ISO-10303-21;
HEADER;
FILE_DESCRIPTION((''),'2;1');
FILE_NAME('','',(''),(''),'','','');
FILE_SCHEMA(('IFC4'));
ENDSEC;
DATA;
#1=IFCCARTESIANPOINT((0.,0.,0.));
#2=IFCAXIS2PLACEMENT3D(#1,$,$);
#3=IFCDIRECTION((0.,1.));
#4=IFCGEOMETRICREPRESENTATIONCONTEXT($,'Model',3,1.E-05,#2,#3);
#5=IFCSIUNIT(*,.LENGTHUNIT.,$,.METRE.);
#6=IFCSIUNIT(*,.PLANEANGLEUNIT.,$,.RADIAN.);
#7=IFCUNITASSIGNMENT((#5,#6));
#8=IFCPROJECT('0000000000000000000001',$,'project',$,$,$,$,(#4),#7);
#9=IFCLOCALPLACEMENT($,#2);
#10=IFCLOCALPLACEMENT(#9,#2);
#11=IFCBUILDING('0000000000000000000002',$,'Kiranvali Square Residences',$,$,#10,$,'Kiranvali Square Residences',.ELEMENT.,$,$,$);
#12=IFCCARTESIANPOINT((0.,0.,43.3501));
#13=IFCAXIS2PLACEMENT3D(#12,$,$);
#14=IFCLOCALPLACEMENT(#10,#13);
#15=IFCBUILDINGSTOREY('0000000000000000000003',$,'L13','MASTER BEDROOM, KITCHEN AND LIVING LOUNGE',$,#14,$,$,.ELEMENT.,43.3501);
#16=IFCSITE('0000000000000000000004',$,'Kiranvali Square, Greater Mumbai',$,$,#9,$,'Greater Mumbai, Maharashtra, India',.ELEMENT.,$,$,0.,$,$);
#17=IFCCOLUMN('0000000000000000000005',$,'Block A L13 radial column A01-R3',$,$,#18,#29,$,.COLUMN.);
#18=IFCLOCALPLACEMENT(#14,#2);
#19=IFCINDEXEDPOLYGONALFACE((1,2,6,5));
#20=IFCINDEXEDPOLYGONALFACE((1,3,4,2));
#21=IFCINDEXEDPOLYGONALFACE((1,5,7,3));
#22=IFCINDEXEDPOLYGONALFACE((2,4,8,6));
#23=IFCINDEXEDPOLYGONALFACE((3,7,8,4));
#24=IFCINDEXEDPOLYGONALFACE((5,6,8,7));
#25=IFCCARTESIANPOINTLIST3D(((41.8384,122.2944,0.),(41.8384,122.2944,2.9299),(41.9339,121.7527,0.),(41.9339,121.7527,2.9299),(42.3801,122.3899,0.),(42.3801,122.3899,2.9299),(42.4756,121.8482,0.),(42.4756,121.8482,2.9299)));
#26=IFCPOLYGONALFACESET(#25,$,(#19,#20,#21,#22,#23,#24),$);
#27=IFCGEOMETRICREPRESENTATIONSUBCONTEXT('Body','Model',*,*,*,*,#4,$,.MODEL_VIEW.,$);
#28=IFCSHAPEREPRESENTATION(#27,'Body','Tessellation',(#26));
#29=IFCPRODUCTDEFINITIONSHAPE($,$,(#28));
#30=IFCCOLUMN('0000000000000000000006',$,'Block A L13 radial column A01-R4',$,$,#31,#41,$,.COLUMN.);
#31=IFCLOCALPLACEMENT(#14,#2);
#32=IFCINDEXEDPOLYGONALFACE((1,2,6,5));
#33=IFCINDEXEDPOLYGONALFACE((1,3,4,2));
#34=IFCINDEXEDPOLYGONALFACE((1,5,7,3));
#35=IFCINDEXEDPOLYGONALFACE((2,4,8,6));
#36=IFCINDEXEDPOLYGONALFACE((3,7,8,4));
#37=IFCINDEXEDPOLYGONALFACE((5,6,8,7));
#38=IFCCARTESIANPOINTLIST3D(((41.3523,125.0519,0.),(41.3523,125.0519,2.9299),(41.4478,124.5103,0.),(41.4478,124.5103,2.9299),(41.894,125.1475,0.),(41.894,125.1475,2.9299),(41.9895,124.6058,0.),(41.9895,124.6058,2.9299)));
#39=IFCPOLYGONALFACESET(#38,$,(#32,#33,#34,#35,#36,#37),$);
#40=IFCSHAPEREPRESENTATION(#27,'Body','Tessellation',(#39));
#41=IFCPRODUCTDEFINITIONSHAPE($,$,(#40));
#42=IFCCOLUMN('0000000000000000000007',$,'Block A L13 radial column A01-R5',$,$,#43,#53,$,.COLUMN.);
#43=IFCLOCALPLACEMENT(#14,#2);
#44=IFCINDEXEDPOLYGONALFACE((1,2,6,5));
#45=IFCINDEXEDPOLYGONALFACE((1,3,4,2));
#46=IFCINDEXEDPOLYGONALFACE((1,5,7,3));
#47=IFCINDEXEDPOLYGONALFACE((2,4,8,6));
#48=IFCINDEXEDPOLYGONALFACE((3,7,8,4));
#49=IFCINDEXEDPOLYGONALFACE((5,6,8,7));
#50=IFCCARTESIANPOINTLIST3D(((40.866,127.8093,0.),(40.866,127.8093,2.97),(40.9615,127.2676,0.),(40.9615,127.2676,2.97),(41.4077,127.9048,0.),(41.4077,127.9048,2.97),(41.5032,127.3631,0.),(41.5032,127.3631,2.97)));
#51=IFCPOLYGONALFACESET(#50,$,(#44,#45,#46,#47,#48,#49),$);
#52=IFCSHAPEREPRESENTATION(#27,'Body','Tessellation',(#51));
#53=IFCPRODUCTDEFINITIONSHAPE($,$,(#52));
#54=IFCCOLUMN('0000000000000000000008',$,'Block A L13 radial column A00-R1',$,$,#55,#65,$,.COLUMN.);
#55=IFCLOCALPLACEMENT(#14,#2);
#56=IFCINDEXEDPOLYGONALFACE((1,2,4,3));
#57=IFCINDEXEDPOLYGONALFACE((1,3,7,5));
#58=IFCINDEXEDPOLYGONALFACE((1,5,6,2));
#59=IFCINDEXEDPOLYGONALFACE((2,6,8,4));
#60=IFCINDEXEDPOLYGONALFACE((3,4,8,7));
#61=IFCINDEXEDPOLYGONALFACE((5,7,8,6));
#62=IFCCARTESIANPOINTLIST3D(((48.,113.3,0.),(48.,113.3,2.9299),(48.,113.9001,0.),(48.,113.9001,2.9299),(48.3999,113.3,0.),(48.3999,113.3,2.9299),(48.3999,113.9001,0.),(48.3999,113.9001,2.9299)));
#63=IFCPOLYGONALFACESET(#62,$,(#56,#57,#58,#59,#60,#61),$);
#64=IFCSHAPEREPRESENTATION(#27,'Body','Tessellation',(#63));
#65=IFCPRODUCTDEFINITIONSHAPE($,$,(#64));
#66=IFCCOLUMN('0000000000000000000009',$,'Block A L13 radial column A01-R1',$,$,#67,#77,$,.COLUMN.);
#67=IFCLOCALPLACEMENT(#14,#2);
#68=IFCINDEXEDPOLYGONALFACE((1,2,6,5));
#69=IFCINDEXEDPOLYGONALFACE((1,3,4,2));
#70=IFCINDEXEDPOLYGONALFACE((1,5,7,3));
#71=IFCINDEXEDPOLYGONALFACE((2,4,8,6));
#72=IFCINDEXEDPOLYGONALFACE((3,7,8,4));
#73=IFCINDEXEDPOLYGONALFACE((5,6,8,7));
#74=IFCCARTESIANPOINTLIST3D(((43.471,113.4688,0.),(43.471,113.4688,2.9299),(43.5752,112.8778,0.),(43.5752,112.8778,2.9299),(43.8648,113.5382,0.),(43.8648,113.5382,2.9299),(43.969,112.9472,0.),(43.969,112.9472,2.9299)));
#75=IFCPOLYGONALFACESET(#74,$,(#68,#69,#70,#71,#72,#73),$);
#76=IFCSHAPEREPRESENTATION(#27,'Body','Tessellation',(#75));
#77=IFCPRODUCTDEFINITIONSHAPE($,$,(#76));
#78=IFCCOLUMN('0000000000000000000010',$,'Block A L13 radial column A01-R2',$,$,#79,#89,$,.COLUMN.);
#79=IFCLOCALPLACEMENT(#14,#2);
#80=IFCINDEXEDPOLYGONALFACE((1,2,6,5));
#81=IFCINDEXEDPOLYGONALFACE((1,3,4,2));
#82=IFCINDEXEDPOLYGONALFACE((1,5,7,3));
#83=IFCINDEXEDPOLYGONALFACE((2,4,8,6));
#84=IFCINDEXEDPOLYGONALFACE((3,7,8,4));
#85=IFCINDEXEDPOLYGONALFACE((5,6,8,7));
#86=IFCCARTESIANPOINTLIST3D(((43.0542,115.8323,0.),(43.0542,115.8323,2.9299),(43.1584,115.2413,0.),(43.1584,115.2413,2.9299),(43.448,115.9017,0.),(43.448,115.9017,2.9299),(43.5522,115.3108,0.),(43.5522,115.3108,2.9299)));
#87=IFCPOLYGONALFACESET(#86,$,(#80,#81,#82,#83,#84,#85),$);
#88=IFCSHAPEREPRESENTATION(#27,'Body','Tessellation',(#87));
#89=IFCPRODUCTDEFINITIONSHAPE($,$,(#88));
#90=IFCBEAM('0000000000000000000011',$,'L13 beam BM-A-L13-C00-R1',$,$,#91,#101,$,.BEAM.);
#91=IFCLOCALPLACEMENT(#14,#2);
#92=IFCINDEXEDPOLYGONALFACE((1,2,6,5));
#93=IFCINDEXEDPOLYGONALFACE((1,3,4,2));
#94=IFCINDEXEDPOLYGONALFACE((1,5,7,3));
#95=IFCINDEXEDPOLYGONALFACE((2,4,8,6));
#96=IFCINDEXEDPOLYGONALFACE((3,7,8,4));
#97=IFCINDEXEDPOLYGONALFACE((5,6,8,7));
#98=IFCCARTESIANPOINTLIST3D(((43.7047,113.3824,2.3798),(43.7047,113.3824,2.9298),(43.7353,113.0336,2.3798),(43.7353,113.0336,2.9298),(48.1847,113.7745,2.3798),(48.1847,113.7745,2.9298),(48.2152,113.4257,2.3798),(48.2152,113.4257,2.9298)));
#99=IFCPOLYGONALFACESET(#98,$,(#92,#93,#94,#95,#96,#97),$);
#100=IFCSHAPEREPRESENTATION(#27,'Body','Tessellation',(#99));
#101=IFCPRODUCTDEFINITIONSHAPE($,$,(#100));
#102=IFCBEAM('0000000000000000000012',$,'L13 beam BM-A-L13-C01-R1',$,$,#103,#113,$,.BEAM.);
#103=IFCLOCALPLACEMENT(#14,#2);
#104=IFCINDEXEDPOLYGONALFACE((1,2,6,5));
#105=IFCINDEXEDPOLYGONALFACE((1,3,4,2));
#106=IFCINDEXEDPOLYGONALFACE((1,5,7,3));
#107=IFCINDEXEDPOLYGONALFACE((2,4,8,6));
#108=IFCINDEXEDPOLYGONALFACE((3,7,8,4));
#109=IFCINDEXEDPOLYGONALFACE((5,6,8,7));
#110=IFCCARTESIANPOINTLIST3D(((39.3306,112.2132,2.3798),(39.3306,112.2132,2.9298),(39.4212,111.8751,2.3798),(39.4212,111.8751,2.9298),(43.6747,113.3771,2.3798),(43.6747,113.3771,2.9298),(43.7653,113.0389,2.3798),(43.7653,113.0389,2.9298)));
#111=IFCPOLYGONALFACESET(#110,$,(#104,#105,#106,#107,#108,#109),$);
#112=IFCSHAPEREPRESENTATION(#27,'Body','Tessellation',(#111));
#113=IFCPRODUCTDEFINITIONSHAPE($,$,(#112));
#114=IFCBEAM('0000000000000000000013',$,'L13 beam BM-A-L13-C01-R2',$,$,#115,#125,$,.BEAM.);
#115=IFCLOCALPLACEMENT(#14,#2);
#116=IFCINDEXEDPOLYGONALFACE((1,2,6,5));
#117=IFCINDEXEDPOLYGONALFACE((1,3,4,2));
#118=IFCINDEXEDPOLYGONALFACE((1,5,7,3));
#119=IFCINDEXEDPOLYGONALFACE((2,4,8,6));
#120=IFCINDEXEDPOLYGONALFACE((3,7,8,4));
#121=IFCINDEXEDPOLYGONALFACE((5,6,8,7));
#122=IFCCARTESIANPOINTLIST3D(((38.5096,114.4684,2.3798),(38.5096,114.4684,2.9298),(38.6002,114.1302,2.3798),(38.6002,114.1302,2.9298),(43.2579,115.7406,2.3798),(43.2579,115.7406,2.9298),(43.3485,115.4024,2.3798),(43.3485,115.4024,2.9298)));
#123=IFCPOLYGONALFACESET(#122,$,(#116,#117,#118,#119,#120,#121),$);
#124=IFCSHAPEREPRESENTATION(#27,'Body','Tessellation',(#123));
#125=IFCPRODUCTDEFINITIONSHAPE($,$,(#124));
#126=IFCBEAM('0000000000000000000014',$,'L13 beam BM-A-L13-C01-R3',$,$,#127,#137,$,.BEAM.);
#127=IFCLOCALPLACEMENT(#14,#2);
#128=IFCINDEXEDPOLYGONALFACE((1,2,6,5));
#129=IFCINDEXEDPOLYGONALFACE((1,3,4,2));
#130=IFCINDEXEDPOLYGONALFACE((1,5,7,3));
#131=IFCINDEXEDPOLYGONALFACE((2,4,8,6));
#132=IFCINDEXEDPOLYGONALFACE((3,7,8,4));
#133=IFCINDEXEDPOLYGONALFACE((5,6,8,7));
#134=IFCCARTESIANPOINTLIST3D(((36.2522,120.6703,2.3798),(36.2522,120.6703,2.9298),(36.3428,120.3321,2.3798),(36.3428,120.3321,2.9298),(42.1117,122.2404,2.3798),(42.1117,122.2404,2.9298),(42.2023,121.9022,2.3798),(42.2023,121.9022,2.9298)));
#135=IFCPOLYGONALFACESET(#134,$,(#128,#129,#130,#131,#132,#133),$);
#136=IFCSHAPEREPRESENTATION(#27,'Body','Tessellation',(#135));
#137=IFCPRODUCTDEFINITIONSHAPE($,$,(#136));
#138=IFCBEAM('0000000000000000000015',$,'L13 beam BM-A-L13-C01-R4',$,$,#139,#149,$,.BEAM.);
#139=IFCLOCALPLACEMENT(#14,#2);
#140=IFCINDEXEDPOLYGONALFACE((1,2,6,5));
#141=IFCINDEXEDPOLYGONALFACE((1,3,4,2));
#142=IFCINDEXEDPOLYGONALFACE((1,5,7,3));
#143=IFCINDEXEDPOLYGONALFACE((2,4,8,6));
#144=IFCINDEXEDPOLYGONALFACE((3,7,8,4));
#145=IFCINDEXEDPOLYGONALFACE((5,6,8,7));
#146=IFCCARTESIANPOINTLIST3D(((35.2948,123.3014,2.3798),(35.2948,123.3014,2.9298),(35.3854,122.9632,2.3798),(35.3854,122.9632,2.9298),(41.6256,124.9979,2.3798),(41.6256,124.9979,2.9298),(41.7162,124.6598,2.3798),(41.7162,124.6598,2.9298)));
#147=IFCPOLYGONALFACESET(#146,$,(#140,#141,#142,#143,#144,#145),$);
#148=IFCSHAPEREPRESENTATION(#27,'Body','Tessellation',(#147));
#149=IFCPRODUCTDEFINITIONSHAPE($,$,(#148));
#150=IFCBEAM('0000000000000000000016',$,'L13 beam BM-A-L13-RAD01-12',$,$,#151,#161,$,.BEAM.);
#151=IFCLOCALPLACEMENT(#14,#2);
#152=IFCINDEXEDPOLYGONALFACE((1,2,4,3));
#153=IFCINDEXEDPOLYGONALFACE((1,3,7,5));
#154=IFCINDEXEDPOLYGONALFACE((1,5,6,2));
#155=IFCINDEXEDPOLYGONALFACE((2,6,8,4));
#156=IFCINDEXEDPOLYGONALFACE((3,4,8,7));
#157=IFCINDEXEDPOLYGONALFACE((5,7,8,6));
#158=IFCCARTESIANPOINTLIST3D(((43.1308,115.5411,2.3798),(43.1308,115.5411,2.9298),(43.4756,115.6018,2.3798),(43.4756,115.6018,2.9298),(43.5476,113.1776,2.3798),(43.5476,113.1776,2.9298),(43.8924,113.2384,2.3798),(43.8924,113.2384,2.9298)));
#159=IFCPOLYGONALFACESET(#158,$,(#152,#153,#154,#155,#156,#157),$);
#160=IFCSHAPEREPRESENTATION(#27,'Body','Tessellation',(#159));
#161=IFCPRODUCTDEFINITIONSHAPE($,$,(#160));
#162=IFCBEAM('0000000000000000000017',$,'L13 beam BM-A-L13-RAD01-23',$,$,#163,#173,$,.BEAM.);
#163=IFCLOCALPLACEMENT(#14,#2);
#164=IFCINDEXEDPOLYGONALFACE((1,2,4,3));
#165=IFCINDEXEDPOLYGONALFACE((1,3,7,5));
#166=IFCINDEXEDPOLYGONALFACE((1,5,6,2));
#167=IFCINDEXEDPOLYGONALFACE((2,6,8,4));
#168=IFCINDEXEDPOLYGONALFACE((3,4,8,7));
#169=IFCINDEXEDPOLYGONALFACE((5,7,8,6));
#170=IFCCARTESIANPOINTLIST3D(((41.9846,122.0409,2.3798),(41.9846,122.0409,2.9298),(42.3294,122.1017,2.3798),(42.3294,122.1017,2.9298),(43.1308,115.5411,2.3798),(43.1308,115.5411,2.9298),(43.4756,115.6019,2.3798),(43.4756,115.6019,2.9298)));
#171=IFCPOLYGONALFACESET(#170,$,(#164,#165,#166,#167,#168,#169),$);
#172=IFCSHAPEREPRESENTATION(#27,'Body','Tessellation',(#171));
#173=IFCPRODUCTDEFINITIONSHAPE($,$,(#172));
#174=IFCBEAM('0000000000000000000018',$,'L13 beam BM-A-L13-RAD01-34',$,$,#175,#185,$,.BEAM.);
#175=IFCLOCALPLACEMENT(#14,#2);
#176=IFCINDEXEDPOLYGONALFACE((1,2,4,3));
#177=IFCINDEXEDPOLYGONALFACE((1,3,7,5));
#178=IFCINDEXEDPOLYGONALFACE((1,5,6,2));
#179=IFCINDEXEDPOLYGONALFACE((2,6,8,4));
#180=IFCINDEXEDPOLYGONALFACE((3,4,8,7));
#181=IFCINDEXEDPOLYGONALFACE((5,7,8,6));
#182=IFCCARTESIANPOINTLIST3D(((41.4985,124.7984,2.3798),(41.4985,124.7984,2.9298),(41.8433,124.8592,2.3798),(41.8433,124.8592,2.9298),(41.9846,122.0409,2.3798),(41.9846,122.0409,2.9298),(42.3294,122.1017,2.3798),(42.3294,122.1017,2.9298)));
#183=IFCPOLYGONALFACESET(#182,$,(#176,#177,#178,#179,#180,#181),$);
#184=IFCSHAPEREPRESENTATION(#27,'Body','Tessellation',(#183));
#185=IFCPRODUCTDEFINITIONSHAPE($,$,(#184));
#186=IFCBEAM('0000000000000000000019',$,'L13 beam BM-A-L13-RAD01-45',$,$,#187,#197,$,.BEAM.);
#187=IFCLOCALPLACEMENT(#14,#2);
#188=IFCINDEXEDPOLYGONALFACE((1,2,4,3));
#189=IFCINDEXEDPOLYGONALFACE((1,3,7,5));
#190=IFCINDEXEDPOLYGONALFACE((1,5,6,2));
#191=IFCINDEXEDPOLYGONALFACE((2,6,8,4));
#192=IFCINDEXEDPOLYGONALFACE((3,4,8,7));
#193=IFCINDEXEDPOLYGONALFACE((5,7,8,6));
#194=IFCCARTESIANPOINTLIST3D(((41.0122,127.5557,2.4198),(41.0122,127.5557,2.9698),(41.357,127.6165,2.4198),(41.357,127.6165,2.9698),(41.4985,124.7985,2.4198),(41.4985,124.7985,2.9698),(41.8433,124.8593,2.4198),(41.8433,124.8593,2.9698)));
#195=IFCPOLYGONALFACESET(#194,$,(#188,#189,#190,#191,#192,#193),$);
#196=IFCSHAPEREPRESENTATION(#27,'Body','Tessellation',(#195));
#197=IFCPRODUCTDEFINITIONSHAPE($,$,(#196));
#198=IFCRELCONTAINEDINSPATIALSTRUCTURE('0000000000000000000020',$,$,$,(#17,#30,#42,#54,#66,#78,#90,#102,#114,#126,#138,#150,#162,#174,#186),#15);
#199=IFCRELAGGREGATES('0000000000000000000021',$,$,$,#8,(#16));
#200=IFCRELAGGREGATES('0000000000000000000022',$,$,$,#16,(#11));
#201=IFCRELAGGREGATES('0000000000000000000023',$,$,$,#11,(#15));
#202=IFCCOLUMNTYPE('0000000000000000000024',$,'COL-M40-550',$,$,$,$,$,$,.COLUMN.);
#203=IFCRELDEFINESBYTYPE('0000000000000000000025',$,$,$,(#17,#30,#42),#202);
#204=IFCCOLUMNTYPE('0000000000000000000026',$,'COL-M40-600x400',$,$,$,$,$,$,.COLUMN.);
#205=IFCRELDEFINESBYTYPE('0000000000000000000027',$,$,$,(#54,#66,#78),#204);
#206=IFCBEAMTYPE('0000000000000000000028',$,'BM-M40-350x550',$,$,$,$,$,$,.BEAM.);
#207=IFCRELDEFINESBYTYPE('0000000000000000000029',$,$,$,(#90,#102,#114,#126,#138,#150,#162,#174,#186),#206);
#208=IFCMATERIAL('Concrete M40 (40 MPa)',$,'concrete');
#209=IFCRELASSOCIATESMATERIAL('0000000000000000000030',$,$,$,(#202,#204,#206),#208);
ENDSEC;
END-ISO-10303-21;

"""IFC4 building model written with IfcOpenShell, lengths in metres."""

from ifc_helpers import new_model, si_unit, direction, frame, origin, origin_2d, place, context, subcontext, project, spatial, rectangle, extrude, material, material_profile, profile_set, type_object, element, save


model = new_model("IFC4")

# Units and contexts
model_context = context("Model", 3, precision=1e-05, world=origin(), true_north=direction((0.0, 1.0)))
body_context = subcontext(model_context, "Body", "Model", "MODEL_VIEW")
ifc_project = project(units=[si_unit("LENGTHUNIT", "METRE"), si_unit("PLANEANGLEUNIT", "RADIAN")], contexts=[model_context])

# Site, building, storey
site_placement = place(None, origin())
site = spatial("IfcSite", under=ifc_project, at=site_placement, Name="Kiranvali Square, Greater Mumbai", LongName="Greater Mumbai, Maharashtra, India", CompositionType="ELEMENT", RefElevation=0.0)
building_placement = place(site_placement, origin())
building = spatial("IfcBuilding", under=site, at=building_placement, Name="Kiranvali Square Residences", LongName="Kiranvali Square Residences", CompositionType="ELEMENT")
storey_placement = place(building_placement, frame((0.0, 0.0, 43.3501)))
storey = spatial("IfcBuildingStorey", under=building, at=storey_placement, Name="L13", Description="MASTER BEDROOM, KITCHEN AND LIVING LOUNGE", CompositionType="ELEMENT", Elevation=43.3501)

# Columns
ifc_material_1 = material(Name="Concrete M40 (40 MPa)", Category="concrete")
ifc_material_profile_1 = material_profile(ifc_material_1, rectangle(XDim=0.55, YDim=0.55, at=origin_2d()), Name="RC 550x550")
ifc_profile_set_1 = profile_set([ifc_material_profile_1], Name="Concrete M40 (40 MPa)")
column_type_1 = type_object("IfcColumnType", Name="COL-M40-550", PredefinedType="COLUMN", material=ifc_profile_set_1)
for number, where, z_axis, x_axis, name in (
    (1, (42.157, 122.0713, 0.0), (0.0, 0.0, 1.0), (0.984808, 0.173648, 0.0), "Block A L13 radial column A01-R3"),
    (2, (41.6709, 124.8289, 0.0), (0.0, 0.0, 1.0), (0.984808, 0.173648, 0.0), "Block A L13 radial column A01-R4"),
):
    element("IfcColumn", number, at=place(storey_placement, frame(where, z_axis=z_axis, x_axis=x_axis)), inside=storey, type_object=column_type_1, Name=name, PredefinedType="COLUMN", context=body_context, shape_type="SweptSolid", body=[
        extrude(rectangle(XDim=0.55, YDim=0.55, at=origin_2d()), origin(), (0.0, 0.0, 1.0), 2.9299),
    ])
column_placement = place(storey_placement, frame((41.1846, 127.5862, 0.0), z_axis=(0.0, 0.0, 1.0), x_axis=(0.984808, 0.173648, 0.0)))
element("IfcColumn", 3, at=column_placement, inside=storey, type_object=column_type_1, Name="Block A L13 radial column A01-R5", PredefinedType="COLUMN", context=body_context, shape_type="SweptSolid", body=[
    extrude(rectangle(XDim=0.55, YDim=0.55, at=origin_2d()), origin(), (0.0, 0.0, 1.0), 2.97),
])
ifc_material_profile_2 = material_profile(ifc_material_1, rectangle(XDim=0.3999, YDim=0.6001, at=origin_2d()), Name="RC 600x400")
ifc_profile_set_2 = profile_set([ifc_material_profile_2], Name="Concrete M40 (40 MPa)")
column_type_2 = type_object("IfcColumnType", Name="COL-M40-600x400", PredefinedType="COLUMN", material=ifc_profile_set_2)
for number, where, z_axis, x_axis, name in (
    (4, (48.2, 113.6001, 0.0), (0.0, 0.0, 1.0), (1.0, 0.0, 0.0), "Block A L13 radial column A00-R1"),
    (5, (43.72, 113.208, 0.0), (0.0, 0.0, 1.0), (0.984808, 0.173648, 0.0), "Block A L13 radial column A01-R1"),
    (6, (43.3032, 115.5715, 0.0), (0.0, 0.0, 1.0), (0.984808, 0.173648, 0.0), "Block A L13 radial column A01-R2"),
):
    element("IfcColumn", number, at=place(storey_placement, frame(where, z_axis=z_axis, x_axis=x_axis)), inside=storey, type_object=column_type_2, Name=name, PredefinedType="COLUMN", context=body_context, shape_type="SweptSolid", body=[
        extrude(rectangle(XDim=0.3999, YDim=0.6001, at=origin_2d()), origin(), (0.0, 0.0, 1.0), 2.9299),
    ])

# Beams
ifc_material_profile_3 = material_profile(ifc_material_1, rectangle(XDim=0.3501, YDim=0.55, at=origin_2d()), Name="RC 350x550")
ifc_profile_set_3 = profile_set([ifc_material_profile_3], Name="Concrete M40 (40 MPa)")
beam_type_1 = type_object("IfcBeamType", Name="BM-M40-350x550", PredefinedType="BEAM", material=ifc_profile_set_3)
beam_1_placement = place(storey_placement, frame((48.2, 113.6001, 2.6548), z_axis=(-0.996192, -0.087187, 0.0), x_axis=(0.087187, -0.996192, 0.0)))
element("IfcBeam", 7, at=beam_1_placement, inside=storey, type_object=beam_type_1, Name="L13 beam BM-A-L13-C00-R1", PredefinedType="BEAM", context=body_context, shape_type="SweptSolid", body=[
    extrude(rectangle(XDim=0.3501, YDim=0.55, at=origin_2d()), origin(), (0.0, 0.0, 1.0), 4.4971),
])
beam_2_placement = place(storey_placement, frame((43.72, 113.208, 2.6548), z_axis=(-0.965934, -0.258788, 0.0), x_axis=(0.258788, -0.965934, 0.0)))
element("IfcBeam", 8, at=beam_2_placement, inside=storey, type_object=beam_type_1, Name="L13 beam BM-A-L13-C01-R1", PredefinedType="BEAM", context=body_context, shape_type="SweptSolid", body=[
    extrude(rectangle(XDim=0.3501, YDim=0.55, at=origin_2d()), origin(), (0.0, 0.0, 1.0), 4.4973),
])
beam_3_placement = place(storey_placement, frame((43.3032, 115.5715, 2.6548), z_axis=(-0.96593, -0.258803, 0.0), x_axis=(0.258803, -0.96593, 0.0)))
element("IfcBeam", 9, at=beam_3_placement, inside=storey, type_object=beam_type_1, Name="L13 beam BM-A-L13-C01-R2", PredefinedType="BEAM", context=body_context, shape_type="SweptSolid", body=[
    extrude(rectangle(XDim=0.3501, YDim=0.55, at=origin_2d()), origin(), (0.0, 0.0, 1.0), 4.9158),
])
beam_4_placement = place(storey_placement, frame((42.157, 122.0713, 2.6548), z_axis=(-0.965924, -0.258827, 0.0), x_axis=(0.258827, -0.965924, 0.0)))
element("IfcBeam", 10, at=beam_4_placement, inside=storey, type_object=beam_type_1, Name="L13 beam BM-A-L13-C01-R3", PredefinedType="BEAM", context=body_context, shape_type="SweptSolid", body=[
    extrude(rectangle(XDim=0.3501, YDim=0.55, at=origin_2d()), origin(), (0.0, 0.0, 1.0), 6.0662),
])
beam_5_placement = place(storey_placement, frame((41.6709, 124.8289, 2.6548), z_axis=(-0.965918, -0.258847, 0.0), x_axis=(0.258847, -0.965918, 0.0)))
element("IfcBeam", 11, at=beam_5_placement, inside=storey, type_object=beam_type_1, Name="L13 beam BM-A-L13-C01-R4", PredefinedType="BEAM", context=body_context, shape_type="SweptSolid", body=[
    extrude(rectangle(XDim=0.3501, YDim=0.55, at=origin_2d()), origin(), (0.0, 0.0, 1.0), 6.5542),
])
beam_6_placement = place(storey_placement, frame((43.72, 113.208, 2.6548), z_axis=(-0.173646, 0.984808, 0.0), x_axis=(-0.984808, -0.173646, 0.0)))
element("IfcBeam", 12, at=beam_6_placement, inside=storey, type_object=beam_type_1, Name="L13 beam BM-A-L13-RAD01-12", PredefinedType="BEAM", context=body_context, shape_type="SweptSolid", body=[
    extrude(rectangle(XDim=0.3501, YDim=0.55, at=origin_2d()), origin(), (0.0, 0.0, 1.0), 2.3999),
])
beam_7_placement = place(storey_placement, frame((43.3032, 115.5715, 2.6548), z_axis=(-0.173671, 0.984804, 0.0), x_axis=(-0.984804, -0.173671, 0.0)))
element("IfcBeam", 13, at=beam_7_placement, inside=storey, type_object=beam_type_1, Name="L13 beam BM-A-L13-RAD01-23", PredefinedType="BEAM", context=body_context, shape_type="SweptSolid", body=[
    extrude(rectangle(XDim=0.3501, YDim=0.55, at=origin_2d()), origin(), (0.0, 0.0, 1.0), 6.6001),
])
beam_8_placement = place(storey_placement, frame((42.157, 122.0713, 2.6548), z_axis=(-0.173596, 0.984817, 0.0), x_axis=(-0.984817, -0.173596, 0.0)))
element("IfcBeam", 14, at=beam_8_placement, inside=storey, type_object=beam_type_1, Name="L13 beam BM-A-L13-RAD01-34", PredefinedType="BEAM", context=body_context, shape_type="SweptSolid", body=[
    extrude(rectangle(XDim=0.3501, YDim=0.55, at=origin_2d()), origin(), (0.0, 0.0, 1.0), 2.8),
])
beam_9_placement = place(storey_placement, frame((41.6709, 124.8289, 2.6948), z_axis=(-0.173696, 0.984799, 0.0), x_axis=(-0.984799, -0.173696, 0.0)))
element("IfcBeam", 15, at=beam_9_placement, inside=storey, type_object=beam_type_1, Name="L13 beam BM-A-L13-RAD01-45", PredefinedType="BEAM", context=body_context, shape_type="SweptSolid", body=[
    extrude(rectangle(XDim=0.3501, YDim=0.55, at=origin_2d()), origin(), (0.0, 0.0, 1.0), 2.7998),
])

save(model, "model.ifc")
